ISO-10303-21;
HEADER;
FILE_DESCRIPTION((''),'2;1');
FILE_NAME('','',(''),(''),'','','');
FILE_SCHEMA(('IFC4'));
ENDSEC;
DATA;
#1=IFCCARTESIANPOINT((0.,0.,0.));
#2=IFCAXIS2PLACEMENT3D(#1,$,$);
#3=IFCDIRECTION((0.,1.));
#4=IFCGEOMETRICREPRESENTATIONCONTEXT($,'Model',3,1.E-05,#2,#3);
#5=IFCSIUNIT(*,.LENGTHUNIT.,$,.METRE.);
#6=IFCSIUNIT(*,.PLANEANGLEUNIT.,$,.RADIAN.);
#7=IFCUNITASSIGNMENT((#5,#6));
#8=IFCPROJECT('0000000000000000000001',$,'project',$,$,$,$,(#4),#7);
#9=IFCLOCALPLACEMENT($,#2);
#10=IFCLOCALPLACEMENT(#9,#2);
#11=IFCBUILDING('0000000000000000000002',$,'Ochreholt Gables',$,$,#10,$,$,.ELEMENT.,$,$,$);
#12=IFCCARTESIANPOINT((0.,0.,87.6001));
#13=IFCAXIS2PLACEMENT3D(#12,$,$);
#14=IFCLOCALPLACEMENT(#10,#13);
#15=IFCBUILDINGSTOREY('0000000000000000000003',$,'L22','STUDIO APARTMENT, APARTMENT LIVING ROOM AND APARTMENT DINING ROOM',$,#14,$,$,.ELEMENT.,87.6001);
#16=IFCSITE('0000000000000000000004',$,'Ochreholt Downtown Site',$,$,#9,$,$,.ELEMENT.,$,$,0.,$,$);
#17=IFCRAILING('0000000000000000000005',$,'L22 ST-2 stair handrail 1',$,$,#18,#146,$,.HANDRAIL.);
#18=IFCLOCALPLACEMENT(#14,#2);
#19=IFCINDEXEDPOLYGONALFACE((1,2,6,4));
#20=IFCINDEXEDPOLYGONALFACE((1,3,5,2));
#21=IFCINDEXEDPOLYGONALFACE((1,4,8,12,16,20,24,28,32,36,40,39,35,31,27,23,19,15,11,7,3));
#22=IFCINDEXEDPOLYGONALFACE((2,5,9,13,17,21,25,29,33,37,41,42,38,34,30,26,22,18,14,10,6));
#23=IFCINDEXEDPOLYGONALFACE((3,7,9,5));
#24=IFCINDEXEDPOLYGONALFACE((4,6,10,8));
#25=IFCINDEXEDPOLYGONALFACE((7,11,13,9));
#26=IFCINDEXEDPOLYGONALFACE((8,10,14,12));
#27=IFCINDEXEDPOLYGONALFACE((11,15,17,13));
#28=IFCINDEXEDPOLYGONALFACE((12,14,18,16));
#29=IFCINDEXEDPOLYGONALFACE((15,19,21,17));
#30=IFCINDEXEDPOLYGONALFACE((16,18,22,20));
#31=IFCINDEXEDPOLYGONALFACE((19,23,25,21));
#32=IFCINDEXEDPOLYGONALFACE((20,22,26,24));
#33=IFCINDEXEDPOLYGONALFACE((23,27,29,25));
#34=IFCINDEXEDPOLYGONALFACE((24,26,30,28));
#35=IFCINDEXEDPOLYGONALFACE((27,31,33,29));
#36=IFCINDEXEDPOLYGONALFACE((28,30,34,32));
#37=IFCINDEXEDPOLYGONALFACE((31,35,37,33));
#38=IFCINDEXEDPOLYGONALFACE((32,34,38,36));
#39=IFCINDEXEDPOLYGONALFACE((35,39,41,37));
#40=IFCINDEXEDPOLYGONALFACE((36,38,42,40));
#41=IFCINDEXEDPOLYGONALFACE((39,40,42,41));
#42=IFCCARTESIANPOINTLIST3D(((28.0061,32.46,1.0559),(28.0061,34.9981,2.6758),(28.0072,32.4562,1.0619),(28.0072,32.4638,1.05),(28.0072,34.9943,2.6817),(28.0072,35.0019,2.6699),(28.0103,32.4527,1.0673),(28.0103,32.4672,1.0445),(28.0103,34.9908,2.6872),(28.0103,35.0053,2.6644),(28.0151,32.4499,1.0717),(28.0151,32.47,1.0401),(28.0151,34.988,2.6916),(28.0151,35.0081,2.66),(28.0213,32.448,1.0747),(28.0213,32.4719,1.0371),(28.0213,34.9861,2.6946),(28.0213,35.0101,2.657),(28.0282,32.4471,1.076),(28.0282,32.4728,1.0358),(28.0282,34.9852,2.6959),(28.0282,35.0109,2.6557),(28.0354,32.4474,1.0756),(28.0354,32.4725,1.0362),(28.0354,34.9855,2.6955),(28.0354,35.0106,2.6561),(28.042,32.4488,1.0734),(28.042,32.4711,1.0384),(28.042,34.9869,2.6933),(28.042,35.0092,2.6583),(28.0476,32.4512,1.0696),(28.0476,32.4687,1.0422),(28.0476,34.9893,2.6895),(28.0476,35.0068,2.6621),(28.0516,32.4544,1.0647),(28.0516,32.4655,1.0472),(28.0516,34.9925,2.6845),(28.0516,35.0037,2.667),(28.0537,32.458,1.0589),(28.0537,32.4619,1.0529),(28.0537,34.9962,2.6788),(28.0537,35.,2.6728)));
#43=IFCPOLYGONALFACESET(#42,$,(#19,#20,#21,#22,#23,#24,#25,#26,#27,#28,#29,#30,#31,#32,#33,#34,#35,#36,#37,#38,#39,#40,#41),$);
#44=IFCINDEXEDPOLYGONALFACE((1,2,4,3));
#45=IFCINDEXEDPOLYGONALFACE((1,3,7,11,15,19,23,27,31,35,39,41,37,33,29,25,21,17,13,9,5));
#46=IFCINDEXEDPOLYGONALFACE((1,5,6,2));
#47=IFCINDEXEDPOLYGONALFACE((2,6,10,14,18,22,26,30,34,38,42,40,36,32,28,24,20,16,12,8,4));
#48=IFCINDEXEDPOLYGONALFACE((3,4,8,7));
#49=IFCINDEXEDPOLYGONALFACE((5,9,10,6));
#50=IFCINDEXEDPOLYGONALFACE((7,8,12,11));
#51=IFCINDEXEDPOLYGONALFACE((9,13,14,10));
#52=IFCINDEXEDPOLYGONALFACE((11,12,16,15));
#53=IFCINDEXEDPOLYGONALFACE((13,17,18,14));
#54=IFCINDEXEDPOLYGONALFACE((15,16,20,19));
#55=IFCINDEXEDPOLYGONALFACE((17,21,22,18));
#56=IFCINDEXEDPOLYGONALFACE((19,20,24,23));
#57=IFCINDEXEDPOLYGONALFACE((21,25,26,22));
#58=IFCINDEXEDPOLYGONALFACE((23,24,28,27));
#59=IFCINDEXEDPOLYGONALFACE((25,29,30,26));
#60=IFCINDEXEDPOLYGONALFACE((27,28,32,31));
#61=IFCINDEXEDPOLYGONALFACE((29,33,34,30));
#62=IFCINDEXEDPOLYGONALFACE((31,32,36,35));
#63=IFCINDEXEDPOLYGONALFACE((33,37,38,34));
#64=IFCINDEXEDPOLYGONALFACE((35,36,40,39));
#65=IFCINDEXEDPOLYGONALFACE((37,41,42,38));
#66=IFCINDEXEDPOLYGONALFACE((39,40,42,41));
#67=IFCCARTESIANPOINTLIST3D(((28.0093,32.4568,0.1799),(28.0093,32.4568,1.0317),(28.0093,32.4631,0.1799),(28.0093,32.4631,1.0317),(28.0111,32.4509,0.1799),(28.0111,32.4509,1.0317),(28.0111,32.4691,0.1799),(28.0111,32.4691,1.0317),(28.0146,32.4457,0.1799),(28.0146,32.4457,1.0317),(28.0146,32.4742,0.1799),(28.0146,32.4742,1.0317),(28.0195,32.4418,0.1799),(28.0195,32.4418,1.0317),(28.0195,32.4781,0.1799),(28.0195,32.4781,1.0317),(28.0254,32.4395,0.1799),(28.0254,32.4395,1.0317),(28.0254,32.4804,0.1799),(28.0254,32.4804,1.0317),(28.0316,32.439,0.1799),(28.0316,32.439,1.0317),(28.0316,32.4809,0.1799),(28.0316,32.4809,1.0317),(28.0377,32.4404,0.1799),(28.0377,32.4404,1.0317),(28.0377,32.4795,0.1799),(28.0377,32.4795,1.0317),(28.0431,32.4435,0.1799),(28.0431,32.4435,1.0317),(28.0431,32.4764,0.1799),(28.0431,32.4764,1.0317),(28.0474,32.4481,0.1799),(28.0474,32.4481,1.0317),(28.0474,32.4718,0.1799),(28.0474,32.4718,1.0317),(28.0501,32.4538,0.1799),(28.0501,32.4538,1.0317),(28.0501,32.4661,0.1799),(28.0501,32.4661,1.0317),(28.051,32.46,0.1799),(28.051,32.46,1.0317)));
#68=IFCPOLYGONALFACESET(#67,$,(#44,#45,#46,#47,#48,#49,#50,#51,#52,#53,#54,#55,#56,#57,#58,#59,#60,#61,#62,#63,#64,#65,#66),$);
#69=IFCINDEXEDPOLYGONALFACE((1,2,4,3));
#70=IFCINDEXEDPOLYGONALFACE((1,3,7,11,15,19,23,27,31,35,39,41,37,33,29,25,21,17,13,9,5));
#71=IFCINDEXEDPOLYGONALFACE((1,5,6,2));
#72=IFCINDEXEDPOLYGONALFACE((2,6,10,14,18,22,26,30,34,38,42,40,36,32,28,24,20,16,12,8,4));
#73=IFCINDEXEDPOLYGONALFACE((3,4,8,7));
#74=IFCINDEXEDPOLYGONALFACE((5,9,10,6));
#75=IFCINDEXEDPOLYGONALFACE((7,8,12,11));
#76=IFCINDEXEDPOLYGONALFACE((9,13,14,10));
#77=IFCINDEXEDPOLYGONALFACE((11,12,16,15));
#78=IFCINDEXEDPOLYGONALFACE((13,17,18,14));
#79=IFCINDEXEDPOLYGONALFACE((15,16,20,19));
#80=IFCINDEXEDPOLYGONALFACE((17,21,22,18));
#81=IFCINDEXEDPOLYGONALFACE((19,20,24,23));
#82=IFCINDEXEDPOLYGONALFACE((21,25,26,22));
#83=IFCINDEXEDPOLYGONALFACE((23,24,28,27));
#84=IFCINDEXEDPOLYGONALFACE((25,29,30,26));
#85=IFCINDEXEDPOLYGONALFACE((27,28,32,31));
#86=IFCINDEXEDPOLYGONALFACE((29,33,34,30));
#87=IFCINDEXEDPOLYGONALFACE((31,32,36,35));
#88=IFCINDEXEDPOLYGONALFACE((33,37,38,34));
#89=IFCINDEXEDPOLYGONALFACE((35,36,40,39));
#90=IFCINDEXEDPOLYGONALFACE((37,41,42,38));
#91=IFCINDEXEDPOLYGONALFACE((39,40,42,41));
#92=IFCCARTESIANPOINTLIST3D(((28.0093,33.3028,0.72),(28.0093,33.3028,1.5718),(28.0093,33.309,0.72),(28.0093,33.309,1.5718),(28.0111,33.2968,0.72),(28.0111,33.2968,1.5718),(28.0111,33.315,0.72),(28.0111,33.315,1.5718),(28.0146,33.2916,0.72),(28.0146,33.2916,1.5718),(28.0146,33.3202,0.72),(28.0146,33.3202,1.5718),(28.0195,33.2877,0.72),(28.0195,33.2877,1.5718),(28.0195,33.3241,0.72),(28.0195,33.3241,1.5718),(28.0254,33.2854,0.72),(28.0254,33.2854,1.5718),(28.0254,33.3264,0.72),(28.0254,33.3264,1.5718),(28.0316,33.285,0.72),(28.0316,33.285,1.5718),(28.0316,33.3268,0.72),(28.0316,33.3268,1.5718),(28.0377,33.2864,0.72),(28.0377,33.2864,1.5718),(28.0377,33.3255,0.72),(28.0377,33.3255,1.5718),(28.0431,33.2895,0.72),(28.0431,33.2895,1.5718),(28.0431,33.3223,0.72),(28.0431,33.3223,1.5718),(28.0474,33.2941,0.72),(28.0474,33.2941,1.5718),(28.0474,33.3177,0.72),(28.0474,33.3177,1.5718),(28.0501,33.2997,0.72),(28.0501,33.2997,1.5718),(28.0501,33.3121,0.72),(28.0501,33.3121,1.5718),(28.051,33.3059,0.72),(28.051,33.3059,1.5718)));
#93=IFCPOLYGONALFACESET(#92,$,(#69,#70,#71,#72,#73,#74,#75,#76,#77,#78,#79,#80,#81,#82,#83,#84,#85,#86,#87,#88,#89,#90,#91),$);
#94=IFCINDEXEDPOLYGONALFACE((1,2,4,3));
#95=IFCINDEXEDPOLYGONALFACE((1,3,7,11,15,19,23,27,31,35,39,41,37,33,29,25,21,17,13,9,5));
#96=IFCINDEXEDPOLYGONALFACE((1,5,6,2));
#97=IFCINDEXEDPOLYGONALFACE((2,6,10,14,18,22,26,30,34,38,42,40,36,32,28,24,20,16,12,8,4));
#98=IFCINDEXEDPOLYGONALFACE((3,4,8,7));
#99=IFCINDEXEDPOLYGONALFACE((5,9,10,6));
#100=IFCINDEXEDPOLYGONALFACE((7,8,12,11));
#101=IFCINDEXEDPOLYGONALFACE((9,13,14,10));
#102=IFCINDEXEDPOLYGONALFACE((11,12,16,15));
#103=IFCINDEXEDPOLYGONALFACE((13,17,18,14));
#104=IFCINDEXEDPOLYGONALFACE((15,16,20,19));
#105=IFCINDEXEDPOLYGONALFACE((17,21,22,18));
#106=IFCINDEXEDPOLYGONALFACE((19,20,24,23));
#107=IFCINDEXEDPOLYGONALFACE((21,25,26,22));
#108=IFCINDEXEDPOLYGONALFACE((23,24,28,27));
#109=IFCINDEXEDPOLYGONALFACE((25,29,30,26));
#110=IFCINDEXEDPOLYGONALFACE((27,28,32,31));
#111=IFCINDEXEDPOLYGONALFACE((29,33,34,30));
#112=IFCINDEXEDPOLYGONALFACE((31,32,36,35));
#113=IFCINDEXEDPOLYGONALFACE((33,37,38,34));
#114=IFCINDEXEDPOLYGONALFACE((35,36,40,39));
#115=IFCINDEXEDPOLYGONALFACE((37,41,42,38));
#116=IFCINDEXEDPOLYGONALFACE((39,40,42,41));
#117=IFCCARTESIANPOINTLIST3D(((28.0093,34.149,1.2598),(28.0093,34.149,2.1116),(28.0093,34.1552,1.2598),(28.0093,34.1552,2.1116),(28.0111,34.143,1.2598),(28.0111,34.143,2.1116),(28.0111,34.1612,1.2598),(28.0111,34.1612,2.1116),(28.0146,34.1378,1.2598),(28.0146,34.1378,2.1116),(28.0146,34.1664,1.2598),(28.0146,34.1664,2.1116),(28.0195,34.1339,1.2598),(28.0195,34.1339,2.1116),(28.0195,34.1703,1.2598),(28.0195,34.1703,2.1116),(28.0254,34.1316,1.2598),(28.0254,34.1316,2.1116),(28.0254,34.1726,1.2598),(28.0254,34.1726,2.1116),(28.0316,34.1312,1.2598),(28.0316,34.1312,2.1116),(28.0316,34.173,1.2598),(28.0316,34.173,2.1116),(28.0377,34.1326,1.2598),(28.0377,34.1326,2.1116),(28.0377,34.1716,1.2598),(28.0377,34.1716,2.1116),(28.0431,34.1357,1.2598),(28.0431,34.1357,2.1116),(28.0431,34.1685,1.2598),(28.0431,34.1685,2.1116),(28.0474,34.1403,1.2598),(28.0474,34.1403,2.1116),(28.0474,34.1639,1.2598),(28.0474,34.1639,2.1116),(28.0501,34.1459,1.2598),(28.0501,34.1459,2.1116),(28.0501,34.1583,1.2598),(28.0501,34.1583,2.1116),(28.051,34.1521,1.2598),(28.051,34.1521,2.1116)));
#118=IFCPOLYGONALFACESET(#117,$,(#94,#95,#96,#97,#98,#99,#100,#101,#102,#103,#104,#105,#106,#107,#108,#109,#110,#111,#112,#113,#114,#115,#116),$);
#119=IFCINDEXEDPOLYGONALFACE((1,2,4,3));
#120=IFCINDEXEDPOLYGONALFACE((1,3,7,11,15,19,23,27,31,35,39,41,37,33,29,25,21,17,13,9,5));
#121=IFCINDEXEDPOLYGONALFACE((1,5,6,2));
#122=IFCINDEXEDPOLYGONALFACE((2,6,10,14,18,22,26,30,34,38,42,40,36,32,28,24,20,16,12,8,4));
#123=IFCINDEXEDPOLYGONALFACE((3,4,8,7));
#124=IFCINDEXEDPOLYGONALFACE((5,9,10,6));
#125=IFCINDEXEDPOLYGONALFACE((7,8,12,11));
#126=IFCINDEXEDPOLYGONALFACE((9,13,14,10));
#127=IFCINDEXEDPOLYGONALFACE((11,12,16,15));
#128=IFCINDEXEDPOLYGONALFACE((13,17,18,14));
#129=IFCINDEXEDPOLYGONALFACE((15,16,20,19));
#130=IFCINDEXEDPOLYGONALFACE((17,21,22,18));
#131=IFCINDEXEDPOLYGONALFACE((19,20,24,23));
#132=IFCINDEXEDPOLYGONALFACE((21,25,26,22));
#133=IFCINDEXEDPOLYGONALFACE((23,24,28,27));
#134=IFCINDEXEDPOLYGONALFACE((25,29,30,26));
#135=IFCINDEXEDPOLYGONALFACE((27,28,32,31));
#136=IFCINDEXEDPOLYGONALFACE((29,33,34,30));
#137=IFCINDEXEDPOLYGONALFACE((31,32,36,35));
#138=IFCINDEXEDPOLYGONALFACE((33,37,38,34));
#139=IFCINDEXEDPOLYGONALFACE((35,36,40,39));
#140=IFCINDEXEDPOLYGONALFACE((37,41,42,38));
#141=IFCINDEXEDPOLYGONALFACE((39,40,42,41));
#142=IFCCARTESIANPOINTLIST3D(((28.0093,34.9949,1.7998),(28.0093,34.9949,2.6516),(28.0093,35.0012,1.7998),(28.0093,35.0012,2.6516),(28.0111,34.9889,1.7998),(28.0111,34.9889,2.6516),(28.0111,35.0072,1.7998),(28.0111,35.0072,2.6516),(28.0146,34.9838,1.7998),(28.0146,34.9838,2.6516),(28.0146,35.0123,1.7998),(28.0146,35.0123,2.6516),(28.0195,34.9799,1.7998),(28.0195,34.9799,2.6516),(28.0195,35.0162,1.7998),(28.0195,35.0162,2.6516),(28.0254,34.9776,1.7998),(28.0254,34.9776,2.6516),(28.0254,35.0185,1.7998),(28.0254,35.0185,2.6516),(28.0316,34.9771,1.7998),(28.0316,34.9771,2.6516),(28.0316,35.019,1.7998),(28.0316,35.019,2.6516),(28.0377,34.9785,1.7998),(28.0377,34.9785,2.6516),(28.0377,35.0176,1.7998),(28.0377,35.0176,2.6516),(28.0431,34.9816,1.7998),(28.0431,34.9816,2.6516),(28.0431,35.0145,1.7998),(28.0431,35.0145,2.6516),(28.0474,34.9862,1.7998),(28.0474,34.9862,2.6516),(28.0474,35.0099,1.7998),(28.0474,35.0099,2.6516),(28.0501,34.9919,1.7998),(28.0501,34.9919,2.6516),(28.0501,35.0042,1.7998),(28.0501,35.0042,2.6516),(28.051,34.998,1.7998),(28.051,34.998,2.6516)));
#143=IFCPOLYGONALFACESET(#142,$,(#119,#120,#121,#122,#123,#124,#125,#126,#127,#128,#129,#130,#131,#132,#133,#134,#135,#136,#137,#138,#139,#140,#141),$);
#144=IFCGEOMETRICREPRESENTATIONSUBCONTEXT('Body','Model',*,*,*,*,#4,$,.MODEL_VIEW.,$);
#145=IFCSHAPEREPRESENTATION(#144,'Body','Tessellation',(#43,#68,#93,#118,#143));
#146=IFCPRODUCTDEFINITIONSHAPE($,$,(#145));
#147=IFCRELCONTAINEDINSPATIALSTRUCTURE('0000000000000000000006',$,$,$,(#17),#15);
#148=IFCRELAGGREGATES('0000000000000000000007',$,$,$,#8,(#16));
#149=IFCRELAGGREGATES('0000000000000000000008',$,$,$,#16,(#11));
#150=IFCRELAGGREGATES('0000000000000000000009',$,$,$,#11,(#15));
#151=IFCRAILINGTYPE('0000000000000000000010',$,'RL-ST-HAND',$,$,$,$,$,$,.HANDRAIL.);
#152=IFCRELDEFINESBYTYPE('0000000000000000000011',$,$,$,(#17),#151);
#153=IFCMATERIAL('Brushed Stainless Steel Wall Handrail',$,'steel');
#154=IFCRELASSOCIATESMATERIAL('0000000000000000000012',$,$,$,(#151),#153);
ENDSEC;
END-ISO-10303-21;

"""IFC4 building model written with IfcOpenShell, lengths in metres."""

from ifc_helpers import new_model, si_unit, direction, frame, origin, origin_2d, place, context, subcontext, project, spatial, circle, extrude, material, type_object, element, save


model = new_model("IFC4")

# Units and contexts
model_context = context("Model", 3, precision=1e-05, world=origin(), true_north=direction((0.0, 1.0)))
body_context = subcontext(model_context, "Body", "Model", "MODEL_VIEW")
ifc_project = project(units=[si_unit("LENGTHUNIT", "METRE"), si_unit("PLANEANGLEUNIT", "RADIAN")], contexts=[model_context])

# Site, building, storey
site_placement = place(None, origin())
site = spatial("IfcSite", under=ifc_project, at=site_placement, Name="Ochreholt Downtown Site", CompositionType="ELEMENT", RefElevation=0.0)
building_placement = place(site_placement, origin())
building = spatial("IfcBuilding", under=site, at=building_placement, Name="Ochreholt Gables", CompositionType="ELEMENT")
storey_placement = place(building_placement, frame((0.0, 0.0, 87.6001)))
storey = spatial("IfcBuildingStorey", under=building, at=storey_placement, Name="L22", Description="STUDIO APARTMENT, APARTMENT LIVING ROOM AND APARTMENT DINING ROOM", CompositionType="ELEMENT", Elevation=87.6001)

# Railing
ifc_material_1 = material(Name="Brushed Stainless Steel Wall Handrail", Category="steel")
railing_type_1 = type_object("IfcRailingType", Name="RL-ST-HAND", PredefinedType="HANDRAIL", material=ifc_material_1)
railing_1_placement = place(storey_placement, frame((28.03, 32.46, 0.1799)))
element("IfcRailing", 1, at=railing_1_placement, inside=storey, type_object=railing_type_1, Name="L22 ST-2 stair handrail 1", PredefinedType="HANDRAIL", context=body_context, shape_type="SweptSolid", body=[
    extrude(circle(Radius=0.0239, at=origin_2d()), frame((0.0, 0.0, 0.876), z_axis=(0.0, 0.84295, 0.537993), x_axis=(-1.0, 0.0, 0.0)), (0.0, 0.0, 1.0), 3.011),
    extrude(circle(Radius=0.021, at=origin_2d()), origin(), (0.0, 0.0, 1.0), 0.8518),
    extrude(circle(Radius=0.021, at=origin_2d()), frame((0.0, 0.8459, 0.54)), (0.0, 0.0, 1.0), 0.8518),
    extrude(circle(Radius=0.021, at=origin_2d()), frame((0.0, 1.6921, 1.0798)), (0.0, 0.0, 1.0), 0.8518),
    extrude(circle(Radius=0.021, at=origin_2d()), frame((0.0, 2.5381, 1.6199)), (0.0, 0.0, 1.0), 0.8518),
])

save(model, "model.ifc")
